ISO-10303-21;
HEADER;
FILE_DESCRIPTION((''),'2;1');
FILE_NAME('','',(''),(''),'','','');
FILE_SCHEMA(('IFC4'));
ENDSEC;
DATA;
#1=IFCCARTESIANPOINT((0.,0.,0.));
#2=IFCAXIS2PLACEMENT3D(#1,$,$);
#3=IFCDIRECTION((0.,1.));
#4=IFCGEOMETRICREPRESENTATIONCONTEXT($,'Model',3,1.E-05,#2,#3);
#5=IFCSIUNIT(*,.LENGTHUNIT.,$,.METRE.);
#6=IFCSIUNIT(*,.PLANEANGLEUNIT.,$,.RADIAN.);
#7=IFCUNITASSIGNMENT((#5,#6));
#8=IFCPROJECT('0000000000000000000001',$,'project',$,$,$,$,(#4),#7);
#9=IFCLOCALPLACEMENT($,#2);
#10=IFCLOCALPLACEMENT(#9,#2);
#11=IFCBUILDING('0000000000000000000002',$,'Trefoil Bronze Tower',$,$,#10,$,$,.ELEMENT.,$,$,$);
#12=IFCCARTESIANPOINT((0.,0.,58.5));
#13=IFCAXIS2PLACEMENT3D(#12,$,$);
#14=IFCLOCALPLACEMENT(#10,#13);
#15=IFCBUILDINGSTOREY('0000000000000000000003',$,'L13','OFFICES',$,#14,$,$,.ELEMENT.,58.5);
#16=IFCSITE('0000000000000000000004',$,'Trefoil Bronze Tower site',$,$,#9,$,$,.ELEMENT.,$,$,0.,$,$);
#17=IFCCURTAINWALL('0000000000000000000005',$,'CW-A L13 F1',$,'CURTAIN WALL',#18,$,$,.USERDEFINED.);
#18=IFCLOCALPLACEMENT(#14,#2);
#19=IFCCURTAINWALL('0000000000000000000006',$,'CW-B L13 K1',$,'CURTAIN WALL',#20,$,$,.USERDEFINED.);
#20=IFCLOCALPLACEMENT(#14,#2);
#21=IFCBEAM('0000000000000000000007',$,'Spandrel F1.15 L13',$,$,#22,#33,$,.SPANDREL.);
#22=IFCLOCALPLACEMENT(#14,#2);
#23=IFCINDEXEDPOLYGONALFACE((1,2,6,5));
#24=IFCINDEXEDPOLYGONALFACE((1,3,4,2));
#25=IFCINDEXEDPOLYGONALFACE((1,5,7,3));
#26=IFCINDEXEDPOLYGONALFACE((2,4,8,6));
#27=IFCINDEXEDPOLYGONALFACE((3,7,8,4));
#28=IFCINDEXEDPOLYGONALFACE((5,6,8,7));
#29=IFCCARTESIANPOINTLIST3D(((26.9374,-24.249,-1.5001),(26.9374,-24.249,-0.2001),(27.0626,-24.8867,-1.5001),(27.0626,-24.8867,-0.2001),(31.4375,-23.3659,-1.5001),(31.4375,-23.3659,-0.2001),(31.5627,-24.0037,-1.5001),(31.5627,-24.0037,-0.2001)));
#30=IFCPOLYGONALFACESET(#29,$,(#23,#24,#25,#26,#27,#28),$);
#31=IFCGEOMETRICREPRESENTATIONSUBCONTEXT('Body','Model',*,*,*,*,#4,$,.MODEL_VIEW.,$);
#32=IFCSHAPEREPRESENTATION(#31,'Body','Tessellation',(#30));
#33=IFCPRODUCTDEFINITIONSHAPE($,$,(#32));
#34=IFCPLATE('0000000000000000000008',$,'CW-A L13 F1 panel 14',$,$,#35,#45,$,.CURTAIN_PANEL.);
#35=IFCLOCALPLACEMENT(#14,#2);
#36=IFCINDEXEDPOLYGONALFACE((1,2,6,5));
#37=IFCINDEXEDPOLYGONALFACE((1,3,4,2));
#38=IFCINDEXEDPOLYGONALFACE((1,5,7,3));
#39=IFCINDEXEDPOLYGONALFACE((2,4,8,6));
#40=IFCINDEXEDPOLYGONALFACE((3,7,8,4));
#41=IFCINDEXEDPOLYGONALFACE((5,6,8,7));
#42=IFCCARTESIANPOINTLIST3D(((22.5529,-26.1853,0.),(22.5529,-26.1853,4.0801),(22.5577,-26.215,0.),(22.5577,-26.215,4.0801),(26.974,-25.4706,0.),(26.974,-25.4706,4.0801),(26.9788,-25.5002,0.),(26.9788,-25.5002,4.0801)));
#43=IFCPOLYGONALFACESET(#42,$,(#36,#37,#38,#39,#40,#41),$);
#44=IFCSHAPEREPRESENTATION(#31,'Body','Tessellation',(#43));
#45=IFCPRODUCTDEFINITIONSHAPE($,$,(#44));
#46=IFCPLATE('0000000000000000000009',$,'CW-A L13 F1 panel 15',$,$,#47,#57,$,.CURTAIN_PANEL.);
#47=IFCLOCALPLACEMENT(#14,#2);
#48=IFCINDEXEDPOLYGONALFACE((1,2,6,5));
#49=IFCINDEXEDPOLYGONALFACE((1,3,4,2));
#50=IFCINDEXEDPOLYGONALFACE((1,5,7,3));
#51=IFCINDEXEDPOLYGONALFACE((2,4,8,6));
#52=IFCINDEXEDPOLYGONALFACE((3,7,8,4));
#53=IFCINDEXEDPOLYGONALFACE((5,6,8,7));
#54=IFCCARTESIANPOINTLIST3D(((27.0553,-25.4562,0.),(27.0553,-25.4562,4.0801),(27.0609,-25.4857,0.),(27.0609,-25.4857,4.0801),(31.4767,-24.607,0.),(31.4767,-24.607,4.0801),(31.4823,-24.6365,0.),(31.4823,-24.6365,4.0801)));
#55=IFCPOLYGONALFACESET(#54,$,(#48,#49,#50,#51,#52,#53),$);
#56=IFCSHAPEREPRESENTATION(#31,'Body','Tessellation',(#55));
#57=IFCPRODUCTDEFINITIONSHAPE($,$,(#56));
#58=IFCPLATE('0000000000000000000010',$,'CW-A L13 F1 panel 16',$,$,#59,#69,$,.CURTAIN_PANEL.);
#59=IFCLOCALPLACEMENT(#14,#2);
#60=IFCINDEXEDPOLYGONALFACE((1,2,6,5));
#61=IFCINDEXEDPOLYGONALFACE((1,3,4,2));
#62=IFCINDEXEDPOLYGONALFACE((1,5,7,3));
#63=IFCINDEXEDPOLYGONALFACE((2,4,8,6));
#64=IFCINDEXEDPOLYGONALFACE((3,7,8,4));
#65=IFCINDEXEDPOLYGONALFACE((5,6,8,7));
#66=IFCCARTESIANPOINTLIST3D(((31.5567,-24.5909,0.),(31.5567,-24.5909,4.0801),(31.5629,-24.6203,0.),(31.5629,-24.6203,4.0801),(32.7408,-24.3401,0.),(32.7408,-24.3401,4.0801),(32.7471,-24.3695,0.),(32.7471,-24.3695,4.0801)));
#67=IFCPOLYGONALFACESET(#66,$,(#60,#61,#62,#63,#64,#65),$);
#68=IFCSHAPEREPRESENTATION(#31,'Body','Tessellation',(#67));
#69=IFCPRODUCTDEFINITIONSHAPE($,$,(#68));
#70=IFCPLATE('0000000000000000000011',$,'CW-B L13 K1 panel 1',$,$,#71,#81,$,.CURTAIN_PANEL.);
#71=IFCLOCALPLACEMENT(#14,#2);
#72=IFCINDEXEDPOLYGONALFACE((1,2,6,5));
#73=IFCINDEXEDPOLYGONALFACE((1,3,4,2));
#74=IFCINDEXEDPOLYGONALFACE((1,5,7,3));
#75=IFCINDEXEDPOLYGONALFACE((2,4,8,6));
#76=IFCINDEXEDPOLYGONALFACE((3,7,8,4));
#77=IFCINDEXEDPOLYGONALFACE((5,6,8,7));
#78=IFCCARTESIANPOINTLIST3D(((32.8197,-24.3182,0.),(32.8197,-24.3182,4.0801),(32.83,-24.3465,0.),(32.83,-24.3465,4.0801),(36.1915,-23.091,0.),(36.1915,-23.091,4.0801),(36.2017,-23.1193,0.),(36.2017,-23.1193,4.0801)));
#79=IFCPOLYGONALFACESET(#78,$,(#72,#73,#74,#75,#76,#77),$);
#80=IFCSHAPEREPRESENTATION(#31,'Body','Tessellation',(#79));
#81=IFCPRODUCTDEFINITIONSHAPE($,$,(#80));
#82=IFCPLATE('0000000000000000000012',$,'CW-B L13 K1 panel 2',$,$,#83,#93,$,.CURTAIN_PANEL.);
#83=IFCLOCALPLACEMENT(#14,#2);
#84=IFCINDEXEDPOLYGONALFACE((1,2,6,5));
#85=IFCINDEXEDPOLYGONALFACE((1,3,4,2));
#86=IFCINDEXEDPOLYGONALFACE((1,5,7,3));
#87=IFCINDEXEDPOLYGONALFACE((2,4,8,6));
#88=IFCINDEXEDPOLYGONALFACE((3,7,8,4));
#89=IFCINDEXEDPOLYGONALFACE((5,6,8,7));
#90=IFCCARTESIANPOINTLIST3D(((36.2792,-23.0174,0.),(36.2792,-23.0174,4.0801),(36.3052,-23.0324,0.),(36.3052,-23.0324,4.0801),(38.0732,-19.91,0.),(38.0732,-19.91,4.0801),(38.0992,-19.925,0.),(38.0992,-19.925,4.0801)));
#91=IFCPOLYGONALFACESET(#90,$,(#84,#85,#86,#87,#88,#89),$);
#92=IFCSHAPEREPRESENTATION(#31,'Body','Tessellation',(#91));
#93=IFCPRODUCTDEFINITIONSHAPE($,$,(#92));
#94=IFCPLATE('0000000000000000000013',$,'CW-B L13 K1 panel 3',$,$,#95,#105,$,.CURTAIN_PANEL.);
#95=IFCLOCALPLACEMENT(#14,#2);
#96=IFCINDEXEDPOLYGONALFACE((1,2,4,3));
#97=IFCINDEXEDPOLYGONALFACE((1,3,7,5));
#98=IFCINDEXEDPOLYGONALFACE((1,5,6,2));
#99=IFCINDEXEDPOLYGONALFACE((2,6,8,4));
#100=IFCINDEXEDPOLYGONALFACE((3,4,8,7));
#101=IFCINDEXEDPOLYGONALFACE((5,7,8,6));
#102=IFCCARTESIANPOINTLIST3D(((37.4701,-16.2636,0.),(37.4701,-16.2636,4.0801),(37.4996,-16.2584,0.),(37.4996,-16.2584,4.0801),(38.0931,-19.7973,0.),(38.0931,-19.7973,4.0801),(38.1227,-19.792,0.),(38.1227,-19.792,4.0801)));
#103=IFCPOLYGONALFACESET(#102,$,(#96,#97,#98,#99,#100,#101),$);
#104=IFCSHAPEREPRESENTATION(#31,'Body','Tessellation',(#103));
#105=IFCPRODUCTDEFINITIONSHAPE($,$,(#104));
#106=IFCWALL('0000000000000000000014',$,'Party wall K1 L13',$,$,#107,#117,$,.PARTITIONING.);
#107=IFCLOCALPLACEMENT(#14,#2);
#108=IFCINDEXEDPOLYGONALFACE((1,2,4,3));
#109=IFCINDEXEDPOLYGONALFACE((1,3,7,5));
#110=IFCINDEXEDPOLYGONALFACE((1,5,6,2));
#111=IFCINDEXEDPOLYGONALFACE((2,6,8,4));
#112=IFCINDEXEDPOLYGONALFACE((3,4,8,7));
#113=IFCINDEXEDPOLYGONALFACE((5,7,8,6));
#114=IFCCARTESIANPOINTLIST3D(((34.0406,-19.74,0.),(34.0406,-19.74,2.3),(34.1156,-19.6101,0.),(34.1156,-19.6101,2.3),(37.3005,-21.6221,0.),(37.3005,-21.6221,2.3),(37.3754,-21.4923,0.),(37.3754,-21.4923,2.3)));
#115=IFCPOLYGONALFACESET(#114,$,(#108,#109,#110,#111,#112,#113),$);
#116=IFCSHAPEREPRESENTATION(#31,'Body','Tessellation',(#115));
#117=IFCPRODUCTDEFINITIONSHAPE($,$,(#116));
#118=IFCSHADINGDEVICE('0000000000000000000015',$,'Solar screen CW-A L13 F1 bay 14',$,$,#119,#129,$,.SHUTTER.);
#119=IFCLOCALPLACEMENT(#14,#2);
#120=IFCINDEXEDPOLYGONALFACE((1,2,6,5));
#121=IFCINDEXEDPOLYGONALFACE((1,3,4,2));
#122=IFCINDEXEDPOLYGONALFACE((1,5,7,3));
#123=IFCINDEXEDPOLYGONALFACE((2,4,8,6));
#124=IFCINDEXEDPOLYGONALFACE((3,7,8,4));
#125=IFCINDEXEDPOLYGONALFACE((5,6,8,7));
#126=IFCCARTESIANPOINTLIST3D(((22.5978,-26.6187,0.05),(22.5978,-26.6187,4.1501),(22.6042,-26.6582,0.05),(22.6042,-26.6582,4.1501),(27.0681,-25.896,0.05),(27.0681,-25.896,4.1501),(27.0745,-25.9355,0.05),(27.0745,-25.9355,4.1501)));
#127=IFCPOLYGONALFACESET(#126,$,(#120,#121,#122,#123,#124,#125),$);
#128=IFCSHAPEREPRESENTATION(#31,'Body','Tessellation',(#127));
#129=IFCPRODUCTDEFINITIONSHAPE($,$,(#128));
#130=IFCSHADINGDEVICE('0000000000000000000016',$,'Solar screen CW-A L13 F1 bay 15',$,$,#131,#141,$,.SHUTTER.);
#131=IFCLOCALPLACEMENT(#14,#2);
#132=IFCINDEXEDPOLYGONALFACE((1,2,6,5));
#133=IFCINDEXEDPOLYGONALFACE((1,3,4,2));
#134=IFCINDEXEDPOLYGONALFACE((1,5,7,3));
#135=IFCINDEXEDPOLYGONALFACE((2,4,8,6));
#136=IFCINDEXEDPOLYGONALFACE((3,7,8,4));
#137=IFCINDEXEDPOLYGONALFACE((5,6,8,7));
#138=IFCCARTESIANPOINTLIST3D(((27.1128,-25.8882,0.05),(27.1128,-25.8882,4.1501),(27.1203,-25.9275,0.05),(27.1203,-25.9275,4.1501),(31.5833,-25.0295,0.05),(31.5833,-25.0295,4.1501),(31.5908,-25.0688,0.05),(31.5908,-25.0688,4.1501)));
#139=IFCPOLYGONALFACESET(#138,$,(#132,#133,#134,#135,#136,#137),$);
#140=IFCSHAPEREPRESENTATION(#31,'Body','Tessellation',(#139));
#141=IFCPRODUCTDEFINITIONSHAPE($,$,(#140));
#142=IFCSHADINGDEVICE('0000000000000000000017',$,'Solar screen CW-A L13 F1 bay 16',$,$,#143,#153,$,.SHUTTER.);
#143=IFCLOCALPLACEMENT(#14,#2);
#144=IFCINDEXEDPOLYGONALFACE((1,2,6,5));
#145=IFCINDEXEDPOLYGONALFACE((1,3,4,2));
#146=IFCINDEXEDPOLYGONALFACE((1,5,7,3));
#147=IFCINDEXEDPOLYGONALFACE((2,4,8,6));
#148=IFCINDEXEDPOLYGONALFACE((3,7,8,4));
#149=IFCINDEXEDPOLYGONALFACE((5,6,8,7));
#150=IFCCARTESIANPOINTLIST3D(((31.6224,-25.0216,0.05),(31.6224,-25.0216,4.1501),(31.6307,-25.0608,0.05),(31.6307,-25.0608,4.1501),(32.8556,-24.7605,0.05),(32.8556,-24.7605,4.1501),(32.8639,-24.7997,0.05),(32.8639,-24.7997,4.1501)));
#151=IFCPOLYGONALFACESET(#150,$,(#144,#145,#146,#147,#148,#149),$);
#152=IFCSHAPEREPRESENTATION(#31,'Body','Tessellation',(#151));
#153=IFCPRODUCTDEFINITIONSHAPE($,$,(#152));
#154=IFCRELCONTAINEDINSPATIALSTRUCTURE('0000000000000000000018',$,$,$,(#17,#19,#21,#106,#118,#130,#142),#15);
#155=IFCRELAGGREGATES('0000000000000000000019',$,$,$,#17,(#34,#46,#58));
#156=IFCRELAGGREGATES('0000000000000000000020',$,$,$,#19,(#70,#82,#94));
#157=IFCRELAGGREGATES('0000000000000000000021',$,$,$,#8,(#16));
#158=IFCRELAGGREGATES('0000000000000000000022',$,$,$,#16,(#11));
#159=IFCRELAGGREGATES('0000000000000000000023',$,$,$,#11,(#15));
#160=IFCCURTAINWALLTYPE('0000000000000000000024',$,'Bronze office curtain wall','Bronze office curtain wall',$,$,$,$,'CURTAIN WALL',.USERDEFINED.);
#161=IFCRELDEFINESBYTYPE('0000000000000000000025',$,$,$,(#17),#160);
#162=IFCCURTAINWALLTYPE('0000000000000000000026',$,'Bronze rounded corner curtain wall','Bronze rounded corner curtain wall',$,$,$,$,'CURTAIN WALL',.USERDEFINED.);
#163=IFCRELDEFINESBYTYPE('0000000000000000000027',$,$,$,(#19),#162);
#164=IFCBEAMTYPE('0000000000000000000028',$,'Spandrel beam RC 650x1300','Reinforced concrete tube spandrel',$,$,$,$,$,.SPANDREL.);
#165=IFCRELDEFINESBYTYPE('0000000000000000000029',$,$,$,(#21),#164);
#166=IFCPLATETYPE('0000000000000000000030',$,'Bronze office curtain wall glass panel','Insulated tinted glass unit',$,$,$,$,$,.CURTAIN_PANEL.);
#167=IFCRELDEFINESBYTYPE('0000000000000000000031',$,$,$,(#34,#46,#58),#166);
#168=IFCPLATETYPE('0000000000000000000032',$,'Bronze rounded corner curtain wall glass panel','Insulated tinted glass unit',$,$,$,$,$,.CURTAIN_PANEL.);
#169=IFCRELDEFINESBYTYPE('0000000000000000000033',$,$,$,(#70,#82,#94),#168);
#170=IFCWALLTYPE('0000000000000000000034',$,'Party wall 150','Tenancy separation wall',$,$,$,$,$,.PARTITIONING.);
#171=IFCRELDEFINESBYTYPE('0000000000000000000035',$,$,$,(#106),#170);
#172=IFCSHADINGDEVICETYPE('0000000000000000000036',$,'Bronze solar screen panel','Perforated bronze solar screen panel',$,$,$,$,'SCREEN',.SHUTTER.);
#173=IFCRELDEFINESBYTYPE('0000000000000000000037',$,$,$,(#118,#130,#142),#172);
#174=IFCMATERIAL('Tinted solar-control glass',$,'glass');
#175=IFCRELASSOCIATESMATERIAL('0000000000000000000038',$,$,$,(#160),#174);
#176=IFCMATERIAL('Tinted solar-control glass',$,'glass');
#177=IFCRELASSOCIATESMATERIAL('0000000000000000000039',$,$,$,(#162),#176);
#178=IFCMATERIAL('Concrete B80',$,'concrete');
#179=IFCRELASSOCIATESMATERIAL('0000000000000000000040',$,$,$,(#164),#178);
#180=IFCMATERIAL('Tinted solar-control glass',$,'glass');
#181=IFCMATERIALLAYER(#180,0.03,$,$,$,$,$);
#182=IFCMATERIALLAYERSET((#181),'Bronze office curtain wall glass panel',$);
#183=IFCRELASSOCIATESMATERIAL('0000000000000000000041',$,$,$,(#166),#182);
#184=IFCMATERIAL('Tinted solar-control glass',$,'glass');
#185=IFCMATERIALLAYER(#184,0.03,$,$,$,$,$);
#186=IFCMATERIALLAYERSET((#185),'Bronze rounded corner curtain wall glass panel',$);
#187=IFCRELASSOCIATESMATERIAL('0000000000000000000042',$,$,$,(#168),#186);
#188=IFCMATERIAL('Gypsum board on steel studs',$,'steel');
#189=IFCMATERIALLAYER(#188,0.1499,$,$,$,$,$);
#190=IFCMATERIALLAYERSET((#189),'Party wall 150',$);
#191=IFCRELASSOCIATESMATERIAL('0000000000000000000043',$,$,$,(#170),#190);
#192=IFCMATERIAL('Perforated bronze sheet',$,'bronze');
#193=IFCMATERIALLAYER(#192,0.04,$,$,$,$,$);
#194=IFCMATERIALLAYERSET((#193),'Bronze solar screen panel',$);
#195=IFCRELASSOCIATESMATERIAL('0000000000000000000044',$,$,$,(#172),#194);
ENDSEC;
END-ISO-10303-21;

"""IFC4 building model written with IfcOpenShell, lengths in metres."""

from ifc_helpers import new_model, si_unit, direction, frame, frame_2d, origin, origin_2d, place, context, subcontext, project, spatial, rectangle, extrude, material, layer, layer_set, material_profile, profile_set, type_object, element, aggregate, save


model = new_model("IFC4")

# Units and contexts
model_context = context("Model", 3, precision=1e-05, world=origin(), true_north=direction((0.0, 1.0)))
body_context = subcontext(model_context, "Body", "Model", "MODEL_VIEW")
ifc_project = project(units=[si_unit("LENGTHUNIT", "METRE"), si_unit("PLANEANGLEUNIT", "RADIAN")], contexts=[model_context])

# Site, building, storey
site_placement = place(None, origin())
site = spatial("IfcSite", under=ifc_project, at=site_placement, Name="Trefoil Bronze Tower site", CompositionType="ELEMENT", RefElevation=0.0)
building_placement = place(site_placement, origin())
building = spatial("IfcBuilding", under=site, at=building_placement, Name="Trefoil Bronze Tower", CompositionType="ELEMENT")
storey_placement = place(building_placement, frame((0.0, 0.0, 58.5)))
storey = spatial("IfcBuildingStorey", under=building, at=storey_placement, Name="L13", Description="OFFICES", CompositionType="ELEMENT", Elevation=58.5)

# Curtain wall
ifc_material_1 = material(Name="Tinted solar-control glass", Category="glass")
curtain_wall_type_1 = type_object("IfcCurtainWallType", Name="Bronze office curtain wall", Description="Bronze office curtain wall", ElementType="CURTAIN WALL", PredefinedType="USERDEFINED", material=ifc_material_1)
curtain_wall_1_placement = place(storey_placement, origin())
curtain_wall_1 = element("IfcCurtainWall", 1, at=curtain_wall_1_placement, inside=storey, type_object=curtain_wall_type_1, Name="CW-A L13 F1", ObjectType="CURTAIN WALL", PredefinedType="USERDEFINED")

# Curtain wall
ifc_material_2 = material(Name="Tinted solar-control glass", Category="glass")
curtain_wall_type_2 = type_object("IfcCurtainWallType", Name="Bronze rounded corner curtain wall", Description="Bronze rounded corner curtain wall", ElementType="CURTAIN WALL", PredefinedType="USERDEFINED", material=ifc_material_2)
curtain_wall_2_placement = place(storey_placement, origin())
curtain_wall_2 = element("IfcCurtainWall", 2, at=curtain_wall_2_placement, inside=storey, type_object=curtain_wall_type_2, Name="CW-B L13 K1", ObjectType="CURTAIN WALL", PredefinedType="USERDEFINED")

# Beam
ifc_material_3 = material(Name="Concrete B80", Category="concrete")
ifc_material_profile_1 = material_profile(ifc_material_3, rectangle(XDim=0.6499, YDim=1.3, at=origin_2d()), Name="RC 650x1300")
ifc_profile_set_1 = profile_set([ifc_material_profile_1], Name="Concrete B80")
beam_type_1 = type_object("IfcBeamType", Name="Spandrel beam RC 650x1300", Description="Reinforced concrete tube spandrel", PredefinedType="SPANDREL", material=ifc_profile_set_1)
beam_1_placement = place(storey_placement, frame((27.0, -24.5679, -0.8501), z_axis=(0.981285, 0.192562, 0.0), x_axis=(-0.192562, 0.981285, 0.0)))
element("IfcBeam", 3, at=beam_1_placement, inside=storey, type_object=beam_type_1, Name="Spandrel F1.15 L13", PredefinedType="SPANDREL", context=body_context, shape_type="SweptSolid", body=[
    extrude(rectangle(XDim=0.6499, YDim=1.3, at=origin_2d()), origin(), (0.0, 0.0, 1.0), 4.5859),
])

# Plates
ifc_material_4 = material(Name="Tinted solar-control glass", Category="glass")
ifc_layer_1 = layer(ifc_material_4, 0.03)
ifc_layer_set_1 = layer_set([ifc_layer_1], Name="Bronze office curtain wall glass panel")
plate_type_1 = type_object("IfcPlateType", Name="Bronze office curtain wall glass panel", Description="Insulated tinted glass unit", PredefinedType="CURTAIN_PANEL", material=ifc_layer_set_1)
plate_1_placement = place(storey_placement, frame((24.7659, -25.8428, 0.0), z_axis=(0.0, 0.0, 1.0), x_axis=(0.987181, 0.159603, 0.0)))
plate_1 = element("IfcPlate", 4, at=plate_1_placement, type_object=plate_type_1, Name="CW-A L13 F1 panel 14", PredefinedType="CURTAIN_PANEL", context=body_context, shape_type="SweptSolid", body=[
    extrude(rectangle(XDim=4.4785, YDim=0.03, at=origin_2d()), origin(), (0.0, 0.0, 1.0), 4.0801),
])
plate_2_placement = place(storey_placement, frame((29.2688, -25.0464, 0.0), z_axis=(0.0, 0.0, 1.0), x_axis=(0.98205, 0.188622, 0.0)))
plate_2 = element("IfcPlate", 5, at=plate_2_placement, type_object=plate_type_1, Name="CW-A L13 F1 panel 15", PredefinedType="CURTAIN_PANEL", context=body_context, shape_type="SweptSolid", body=[
    extrude(rectangle(XDim=4.5022, YDim=0.03, at=origin_2d()), origin(), (0.0, 0.0, 1.0), 4.0801),
])
plate_3_placement = place(storey_placement, frame((32.1519, -24.4802, 0.0), z_axis=(0.0, 0.0, 1.0), x_axis=(0.978303, 0.207181, 0.0)))
plate_3 = element("IfcPlate", 6, at=plate_3_placement, type_object=plate_type_1, Name="CW-A L13 F1 panel 16", PredefinedType="CURTAIN_PANEL", context=body_context, shape_type="SweptSolid", body=[
    extrude(rectangle(XDim=1.2104, YDim=0.03, at=origin_2d()), origin(), (0.0, 0.0, 1.0), 4.0801),
])
aggregate(curtain_wall_1, [plate_1, plate_2, plate_3])
ifc_material_5 = material(Name="Tinted solar-control glass", Category="glass")
ifc_layer_2 = layer(ifc_material_5, 0.03)
ifc_layer_set_2 = layer_set([ifc_layer_2], Name="Bronze rounded corner curtain wall glass panel")
plate_type_2 = type_object("IfcPlateType", Name="Bronze rounded corner curtain wall glass panel", Description="Insulated tinted glass unit", PredefinedType="CURTAIN_PANEL", material=ifc_layer_set_2)
plate_4_placement = place(storey_placement, frame((34.5107, -23.7188, 0.0), z_axis=(0.0, 0.0, 1.0), x_axis=(0.939693, 0.34202, 0.0)))
plate_4 = element("IfcPlate", 7, at=plate_4_placement, type_object=plate_type_2, Name="CW-B L13 K1 panel 1", PredefinedType="CURTAIN_PANEL", context=body_context, shape_type="SweptSolid", body=[
    extrude(rectangle(XDim=3.5881, YDim=0.03, at=origin_2d()), origin(), (0.0, 0.0, 1.0), 4.0801),
])
plate_5_placement = place(storey_placement, frame((37.1892, -21.4712, 0.0), z_axis=(0.0, 0.0, 1.0), x_axis=(0.5, 0.866025, 0.0)))
plate_5 = element("IfcPlate", 8, at=plate_5_placement, type_object=plate_type_2, Name="CW-B L13 K1 panel 2", PredefinedType="CURTAIN_PANEL", context=body_context, shape_type="SweptSolid", body=[
    extrude(rectangle(XDim=3.5881, YDim=0.03, at=origin_2d()), origin(), (0.0, 0.0, 1.0), 4.0801),
])
plate_6_placement = place(storey_placement, frame((37.7964, -18.0278, 0.0), z_axis=(0.0, 0.0, 1.0), x_axis=(-0.173648, 0.984808, 0.0)))
plate_6 = element("IfcPlate", 9, at=plate_6_placement, type_object=plate_type_2, Name="CW-B L13 K1 panel 3", PredefinedType="CURTAIN_PANEL", context=body_context, shape_type="SweptSolid", body=[
    extrude(rectangle(XDim=3.5881, YDim=0.03, at=origin_2d()), origin(), (0.0, 0.0, 1.0), 4.0801),
])
aggregate(curtain_wall_2, [plate_4, plate_5, plate_6])

# Wall
ifc_material_6 = material(Name="Gypsum board on steel studs", Category="steel")
ifc_layer_3 = layer(ifc_material_6, 0.1499)
ifc_layer_set_3 = layer_set([ifc_layer_3], Name="Party wall 150")
wall_type = type_object("IfcWallType", Name="Party wall 150", Description="Tenancy separation wall", PredefinedType="PARTITIONING", material=ifc_layer_set_3)
wall_placement = place(storey_placement, frame((34.0781, -19.675, 0.0), z_axis=(0.0, 0.0, 1.0), x_axis=(0.866019, -0.500011, 0.0)))
element("IfcWall", 10, at=wall_placement, inside=storey, type_object=wall_type, Name="Party wall K1 L13", PredefinedType="PARTITIONING", context=body_context, shape_type="SweptSolid", body=[
    extrude(rectangle(XDim=3.7642, YDim=0.1499, at=frame_2d((1.8821, 0.0))), origin(), (0.0, 0.0, 1.0), 2.3),
])

# Shading devices
ifc_material_7 = material(Name="Perforated bronze sheet", Category="bronze")
ifc_layer_4 = layer(ifc_material_7, 0.04)
ifc_layer_set_4 = layer_set([ifc_layer_4], Name="Bronze solar screen panel")
shading_device_type = type_object("IfcShadingDeviceType", Name="Bronze solar screen panel", Description="Perforated bronze solar screen panel", ElementType="SCREEN", PredefinedType="SHUTTER", material=ifc_layer_set_4)
shading_device_1_placement = place(storey_placement, frame((24.8362, -26.2771, 0.05), z_axis=(0.0, 0.0, 1.0), x_axis=(0.987181, 0.159603, 0.0)))
element("IfcShadingDevice", 11, at=shading_device_1_placement, inside=storey, type_object=shading_device_type, Name="Solar screen CW-A L13 F1 bay 14", PredefinedType="SHUTTER", context=body_context, shape_type="SweptSolid", body=[
    extrude(rectangle(XDim=4.5283, YDim=0.04, at=origin_2d()), origin(), (0.0, 0.0, 1.0), 4.1001),
])
shading_device_2_placement = place(storey_placement, frame((29.3518, -25.4785, 0.05), z_axis=(0.0, 0.0, 1.0), x_axis=(0.98205, 0.188622, 0.0)))
element("IfcShadingDevice", 12, at=shading_device_2_placement, inside=storey, type_object=shading_device_type, Name="Solar screen CW-A L13 F1 bay 15", PredefinedType="SHUTTER", context=body_context, shape_type="SweptSolid", body=[
    extrude(rectangle(XDim=4.5522, YDim=0.04, at=origin_2d()), origin(), (0.0, 0.0, 1.0), 4.1001),
])
shading_device_3_placement = place(storey_placement, frame((32.2432, -24.9106, 0.05), z_axis=(0.0, 0.0, 1.0), x_axis=(0.978303, 0.207181, 0.0)))
element("IfcShadingDevice", 13, at=shading_device_3_placement, inside=storey, type_object=shading_device_type, Name="Solar screen CW-A L13 F1 bay 16", PredefinedType="SHUTTER", context=body_context, shape_type="SweptSolid", body=[
    extrude(rectangle(XDim=1.2605, YDim=0.04, at=origin_2d()), origin(), (0.0, 0.0, 1.0), 4.1001),
])

save(model, "model.ifc")
